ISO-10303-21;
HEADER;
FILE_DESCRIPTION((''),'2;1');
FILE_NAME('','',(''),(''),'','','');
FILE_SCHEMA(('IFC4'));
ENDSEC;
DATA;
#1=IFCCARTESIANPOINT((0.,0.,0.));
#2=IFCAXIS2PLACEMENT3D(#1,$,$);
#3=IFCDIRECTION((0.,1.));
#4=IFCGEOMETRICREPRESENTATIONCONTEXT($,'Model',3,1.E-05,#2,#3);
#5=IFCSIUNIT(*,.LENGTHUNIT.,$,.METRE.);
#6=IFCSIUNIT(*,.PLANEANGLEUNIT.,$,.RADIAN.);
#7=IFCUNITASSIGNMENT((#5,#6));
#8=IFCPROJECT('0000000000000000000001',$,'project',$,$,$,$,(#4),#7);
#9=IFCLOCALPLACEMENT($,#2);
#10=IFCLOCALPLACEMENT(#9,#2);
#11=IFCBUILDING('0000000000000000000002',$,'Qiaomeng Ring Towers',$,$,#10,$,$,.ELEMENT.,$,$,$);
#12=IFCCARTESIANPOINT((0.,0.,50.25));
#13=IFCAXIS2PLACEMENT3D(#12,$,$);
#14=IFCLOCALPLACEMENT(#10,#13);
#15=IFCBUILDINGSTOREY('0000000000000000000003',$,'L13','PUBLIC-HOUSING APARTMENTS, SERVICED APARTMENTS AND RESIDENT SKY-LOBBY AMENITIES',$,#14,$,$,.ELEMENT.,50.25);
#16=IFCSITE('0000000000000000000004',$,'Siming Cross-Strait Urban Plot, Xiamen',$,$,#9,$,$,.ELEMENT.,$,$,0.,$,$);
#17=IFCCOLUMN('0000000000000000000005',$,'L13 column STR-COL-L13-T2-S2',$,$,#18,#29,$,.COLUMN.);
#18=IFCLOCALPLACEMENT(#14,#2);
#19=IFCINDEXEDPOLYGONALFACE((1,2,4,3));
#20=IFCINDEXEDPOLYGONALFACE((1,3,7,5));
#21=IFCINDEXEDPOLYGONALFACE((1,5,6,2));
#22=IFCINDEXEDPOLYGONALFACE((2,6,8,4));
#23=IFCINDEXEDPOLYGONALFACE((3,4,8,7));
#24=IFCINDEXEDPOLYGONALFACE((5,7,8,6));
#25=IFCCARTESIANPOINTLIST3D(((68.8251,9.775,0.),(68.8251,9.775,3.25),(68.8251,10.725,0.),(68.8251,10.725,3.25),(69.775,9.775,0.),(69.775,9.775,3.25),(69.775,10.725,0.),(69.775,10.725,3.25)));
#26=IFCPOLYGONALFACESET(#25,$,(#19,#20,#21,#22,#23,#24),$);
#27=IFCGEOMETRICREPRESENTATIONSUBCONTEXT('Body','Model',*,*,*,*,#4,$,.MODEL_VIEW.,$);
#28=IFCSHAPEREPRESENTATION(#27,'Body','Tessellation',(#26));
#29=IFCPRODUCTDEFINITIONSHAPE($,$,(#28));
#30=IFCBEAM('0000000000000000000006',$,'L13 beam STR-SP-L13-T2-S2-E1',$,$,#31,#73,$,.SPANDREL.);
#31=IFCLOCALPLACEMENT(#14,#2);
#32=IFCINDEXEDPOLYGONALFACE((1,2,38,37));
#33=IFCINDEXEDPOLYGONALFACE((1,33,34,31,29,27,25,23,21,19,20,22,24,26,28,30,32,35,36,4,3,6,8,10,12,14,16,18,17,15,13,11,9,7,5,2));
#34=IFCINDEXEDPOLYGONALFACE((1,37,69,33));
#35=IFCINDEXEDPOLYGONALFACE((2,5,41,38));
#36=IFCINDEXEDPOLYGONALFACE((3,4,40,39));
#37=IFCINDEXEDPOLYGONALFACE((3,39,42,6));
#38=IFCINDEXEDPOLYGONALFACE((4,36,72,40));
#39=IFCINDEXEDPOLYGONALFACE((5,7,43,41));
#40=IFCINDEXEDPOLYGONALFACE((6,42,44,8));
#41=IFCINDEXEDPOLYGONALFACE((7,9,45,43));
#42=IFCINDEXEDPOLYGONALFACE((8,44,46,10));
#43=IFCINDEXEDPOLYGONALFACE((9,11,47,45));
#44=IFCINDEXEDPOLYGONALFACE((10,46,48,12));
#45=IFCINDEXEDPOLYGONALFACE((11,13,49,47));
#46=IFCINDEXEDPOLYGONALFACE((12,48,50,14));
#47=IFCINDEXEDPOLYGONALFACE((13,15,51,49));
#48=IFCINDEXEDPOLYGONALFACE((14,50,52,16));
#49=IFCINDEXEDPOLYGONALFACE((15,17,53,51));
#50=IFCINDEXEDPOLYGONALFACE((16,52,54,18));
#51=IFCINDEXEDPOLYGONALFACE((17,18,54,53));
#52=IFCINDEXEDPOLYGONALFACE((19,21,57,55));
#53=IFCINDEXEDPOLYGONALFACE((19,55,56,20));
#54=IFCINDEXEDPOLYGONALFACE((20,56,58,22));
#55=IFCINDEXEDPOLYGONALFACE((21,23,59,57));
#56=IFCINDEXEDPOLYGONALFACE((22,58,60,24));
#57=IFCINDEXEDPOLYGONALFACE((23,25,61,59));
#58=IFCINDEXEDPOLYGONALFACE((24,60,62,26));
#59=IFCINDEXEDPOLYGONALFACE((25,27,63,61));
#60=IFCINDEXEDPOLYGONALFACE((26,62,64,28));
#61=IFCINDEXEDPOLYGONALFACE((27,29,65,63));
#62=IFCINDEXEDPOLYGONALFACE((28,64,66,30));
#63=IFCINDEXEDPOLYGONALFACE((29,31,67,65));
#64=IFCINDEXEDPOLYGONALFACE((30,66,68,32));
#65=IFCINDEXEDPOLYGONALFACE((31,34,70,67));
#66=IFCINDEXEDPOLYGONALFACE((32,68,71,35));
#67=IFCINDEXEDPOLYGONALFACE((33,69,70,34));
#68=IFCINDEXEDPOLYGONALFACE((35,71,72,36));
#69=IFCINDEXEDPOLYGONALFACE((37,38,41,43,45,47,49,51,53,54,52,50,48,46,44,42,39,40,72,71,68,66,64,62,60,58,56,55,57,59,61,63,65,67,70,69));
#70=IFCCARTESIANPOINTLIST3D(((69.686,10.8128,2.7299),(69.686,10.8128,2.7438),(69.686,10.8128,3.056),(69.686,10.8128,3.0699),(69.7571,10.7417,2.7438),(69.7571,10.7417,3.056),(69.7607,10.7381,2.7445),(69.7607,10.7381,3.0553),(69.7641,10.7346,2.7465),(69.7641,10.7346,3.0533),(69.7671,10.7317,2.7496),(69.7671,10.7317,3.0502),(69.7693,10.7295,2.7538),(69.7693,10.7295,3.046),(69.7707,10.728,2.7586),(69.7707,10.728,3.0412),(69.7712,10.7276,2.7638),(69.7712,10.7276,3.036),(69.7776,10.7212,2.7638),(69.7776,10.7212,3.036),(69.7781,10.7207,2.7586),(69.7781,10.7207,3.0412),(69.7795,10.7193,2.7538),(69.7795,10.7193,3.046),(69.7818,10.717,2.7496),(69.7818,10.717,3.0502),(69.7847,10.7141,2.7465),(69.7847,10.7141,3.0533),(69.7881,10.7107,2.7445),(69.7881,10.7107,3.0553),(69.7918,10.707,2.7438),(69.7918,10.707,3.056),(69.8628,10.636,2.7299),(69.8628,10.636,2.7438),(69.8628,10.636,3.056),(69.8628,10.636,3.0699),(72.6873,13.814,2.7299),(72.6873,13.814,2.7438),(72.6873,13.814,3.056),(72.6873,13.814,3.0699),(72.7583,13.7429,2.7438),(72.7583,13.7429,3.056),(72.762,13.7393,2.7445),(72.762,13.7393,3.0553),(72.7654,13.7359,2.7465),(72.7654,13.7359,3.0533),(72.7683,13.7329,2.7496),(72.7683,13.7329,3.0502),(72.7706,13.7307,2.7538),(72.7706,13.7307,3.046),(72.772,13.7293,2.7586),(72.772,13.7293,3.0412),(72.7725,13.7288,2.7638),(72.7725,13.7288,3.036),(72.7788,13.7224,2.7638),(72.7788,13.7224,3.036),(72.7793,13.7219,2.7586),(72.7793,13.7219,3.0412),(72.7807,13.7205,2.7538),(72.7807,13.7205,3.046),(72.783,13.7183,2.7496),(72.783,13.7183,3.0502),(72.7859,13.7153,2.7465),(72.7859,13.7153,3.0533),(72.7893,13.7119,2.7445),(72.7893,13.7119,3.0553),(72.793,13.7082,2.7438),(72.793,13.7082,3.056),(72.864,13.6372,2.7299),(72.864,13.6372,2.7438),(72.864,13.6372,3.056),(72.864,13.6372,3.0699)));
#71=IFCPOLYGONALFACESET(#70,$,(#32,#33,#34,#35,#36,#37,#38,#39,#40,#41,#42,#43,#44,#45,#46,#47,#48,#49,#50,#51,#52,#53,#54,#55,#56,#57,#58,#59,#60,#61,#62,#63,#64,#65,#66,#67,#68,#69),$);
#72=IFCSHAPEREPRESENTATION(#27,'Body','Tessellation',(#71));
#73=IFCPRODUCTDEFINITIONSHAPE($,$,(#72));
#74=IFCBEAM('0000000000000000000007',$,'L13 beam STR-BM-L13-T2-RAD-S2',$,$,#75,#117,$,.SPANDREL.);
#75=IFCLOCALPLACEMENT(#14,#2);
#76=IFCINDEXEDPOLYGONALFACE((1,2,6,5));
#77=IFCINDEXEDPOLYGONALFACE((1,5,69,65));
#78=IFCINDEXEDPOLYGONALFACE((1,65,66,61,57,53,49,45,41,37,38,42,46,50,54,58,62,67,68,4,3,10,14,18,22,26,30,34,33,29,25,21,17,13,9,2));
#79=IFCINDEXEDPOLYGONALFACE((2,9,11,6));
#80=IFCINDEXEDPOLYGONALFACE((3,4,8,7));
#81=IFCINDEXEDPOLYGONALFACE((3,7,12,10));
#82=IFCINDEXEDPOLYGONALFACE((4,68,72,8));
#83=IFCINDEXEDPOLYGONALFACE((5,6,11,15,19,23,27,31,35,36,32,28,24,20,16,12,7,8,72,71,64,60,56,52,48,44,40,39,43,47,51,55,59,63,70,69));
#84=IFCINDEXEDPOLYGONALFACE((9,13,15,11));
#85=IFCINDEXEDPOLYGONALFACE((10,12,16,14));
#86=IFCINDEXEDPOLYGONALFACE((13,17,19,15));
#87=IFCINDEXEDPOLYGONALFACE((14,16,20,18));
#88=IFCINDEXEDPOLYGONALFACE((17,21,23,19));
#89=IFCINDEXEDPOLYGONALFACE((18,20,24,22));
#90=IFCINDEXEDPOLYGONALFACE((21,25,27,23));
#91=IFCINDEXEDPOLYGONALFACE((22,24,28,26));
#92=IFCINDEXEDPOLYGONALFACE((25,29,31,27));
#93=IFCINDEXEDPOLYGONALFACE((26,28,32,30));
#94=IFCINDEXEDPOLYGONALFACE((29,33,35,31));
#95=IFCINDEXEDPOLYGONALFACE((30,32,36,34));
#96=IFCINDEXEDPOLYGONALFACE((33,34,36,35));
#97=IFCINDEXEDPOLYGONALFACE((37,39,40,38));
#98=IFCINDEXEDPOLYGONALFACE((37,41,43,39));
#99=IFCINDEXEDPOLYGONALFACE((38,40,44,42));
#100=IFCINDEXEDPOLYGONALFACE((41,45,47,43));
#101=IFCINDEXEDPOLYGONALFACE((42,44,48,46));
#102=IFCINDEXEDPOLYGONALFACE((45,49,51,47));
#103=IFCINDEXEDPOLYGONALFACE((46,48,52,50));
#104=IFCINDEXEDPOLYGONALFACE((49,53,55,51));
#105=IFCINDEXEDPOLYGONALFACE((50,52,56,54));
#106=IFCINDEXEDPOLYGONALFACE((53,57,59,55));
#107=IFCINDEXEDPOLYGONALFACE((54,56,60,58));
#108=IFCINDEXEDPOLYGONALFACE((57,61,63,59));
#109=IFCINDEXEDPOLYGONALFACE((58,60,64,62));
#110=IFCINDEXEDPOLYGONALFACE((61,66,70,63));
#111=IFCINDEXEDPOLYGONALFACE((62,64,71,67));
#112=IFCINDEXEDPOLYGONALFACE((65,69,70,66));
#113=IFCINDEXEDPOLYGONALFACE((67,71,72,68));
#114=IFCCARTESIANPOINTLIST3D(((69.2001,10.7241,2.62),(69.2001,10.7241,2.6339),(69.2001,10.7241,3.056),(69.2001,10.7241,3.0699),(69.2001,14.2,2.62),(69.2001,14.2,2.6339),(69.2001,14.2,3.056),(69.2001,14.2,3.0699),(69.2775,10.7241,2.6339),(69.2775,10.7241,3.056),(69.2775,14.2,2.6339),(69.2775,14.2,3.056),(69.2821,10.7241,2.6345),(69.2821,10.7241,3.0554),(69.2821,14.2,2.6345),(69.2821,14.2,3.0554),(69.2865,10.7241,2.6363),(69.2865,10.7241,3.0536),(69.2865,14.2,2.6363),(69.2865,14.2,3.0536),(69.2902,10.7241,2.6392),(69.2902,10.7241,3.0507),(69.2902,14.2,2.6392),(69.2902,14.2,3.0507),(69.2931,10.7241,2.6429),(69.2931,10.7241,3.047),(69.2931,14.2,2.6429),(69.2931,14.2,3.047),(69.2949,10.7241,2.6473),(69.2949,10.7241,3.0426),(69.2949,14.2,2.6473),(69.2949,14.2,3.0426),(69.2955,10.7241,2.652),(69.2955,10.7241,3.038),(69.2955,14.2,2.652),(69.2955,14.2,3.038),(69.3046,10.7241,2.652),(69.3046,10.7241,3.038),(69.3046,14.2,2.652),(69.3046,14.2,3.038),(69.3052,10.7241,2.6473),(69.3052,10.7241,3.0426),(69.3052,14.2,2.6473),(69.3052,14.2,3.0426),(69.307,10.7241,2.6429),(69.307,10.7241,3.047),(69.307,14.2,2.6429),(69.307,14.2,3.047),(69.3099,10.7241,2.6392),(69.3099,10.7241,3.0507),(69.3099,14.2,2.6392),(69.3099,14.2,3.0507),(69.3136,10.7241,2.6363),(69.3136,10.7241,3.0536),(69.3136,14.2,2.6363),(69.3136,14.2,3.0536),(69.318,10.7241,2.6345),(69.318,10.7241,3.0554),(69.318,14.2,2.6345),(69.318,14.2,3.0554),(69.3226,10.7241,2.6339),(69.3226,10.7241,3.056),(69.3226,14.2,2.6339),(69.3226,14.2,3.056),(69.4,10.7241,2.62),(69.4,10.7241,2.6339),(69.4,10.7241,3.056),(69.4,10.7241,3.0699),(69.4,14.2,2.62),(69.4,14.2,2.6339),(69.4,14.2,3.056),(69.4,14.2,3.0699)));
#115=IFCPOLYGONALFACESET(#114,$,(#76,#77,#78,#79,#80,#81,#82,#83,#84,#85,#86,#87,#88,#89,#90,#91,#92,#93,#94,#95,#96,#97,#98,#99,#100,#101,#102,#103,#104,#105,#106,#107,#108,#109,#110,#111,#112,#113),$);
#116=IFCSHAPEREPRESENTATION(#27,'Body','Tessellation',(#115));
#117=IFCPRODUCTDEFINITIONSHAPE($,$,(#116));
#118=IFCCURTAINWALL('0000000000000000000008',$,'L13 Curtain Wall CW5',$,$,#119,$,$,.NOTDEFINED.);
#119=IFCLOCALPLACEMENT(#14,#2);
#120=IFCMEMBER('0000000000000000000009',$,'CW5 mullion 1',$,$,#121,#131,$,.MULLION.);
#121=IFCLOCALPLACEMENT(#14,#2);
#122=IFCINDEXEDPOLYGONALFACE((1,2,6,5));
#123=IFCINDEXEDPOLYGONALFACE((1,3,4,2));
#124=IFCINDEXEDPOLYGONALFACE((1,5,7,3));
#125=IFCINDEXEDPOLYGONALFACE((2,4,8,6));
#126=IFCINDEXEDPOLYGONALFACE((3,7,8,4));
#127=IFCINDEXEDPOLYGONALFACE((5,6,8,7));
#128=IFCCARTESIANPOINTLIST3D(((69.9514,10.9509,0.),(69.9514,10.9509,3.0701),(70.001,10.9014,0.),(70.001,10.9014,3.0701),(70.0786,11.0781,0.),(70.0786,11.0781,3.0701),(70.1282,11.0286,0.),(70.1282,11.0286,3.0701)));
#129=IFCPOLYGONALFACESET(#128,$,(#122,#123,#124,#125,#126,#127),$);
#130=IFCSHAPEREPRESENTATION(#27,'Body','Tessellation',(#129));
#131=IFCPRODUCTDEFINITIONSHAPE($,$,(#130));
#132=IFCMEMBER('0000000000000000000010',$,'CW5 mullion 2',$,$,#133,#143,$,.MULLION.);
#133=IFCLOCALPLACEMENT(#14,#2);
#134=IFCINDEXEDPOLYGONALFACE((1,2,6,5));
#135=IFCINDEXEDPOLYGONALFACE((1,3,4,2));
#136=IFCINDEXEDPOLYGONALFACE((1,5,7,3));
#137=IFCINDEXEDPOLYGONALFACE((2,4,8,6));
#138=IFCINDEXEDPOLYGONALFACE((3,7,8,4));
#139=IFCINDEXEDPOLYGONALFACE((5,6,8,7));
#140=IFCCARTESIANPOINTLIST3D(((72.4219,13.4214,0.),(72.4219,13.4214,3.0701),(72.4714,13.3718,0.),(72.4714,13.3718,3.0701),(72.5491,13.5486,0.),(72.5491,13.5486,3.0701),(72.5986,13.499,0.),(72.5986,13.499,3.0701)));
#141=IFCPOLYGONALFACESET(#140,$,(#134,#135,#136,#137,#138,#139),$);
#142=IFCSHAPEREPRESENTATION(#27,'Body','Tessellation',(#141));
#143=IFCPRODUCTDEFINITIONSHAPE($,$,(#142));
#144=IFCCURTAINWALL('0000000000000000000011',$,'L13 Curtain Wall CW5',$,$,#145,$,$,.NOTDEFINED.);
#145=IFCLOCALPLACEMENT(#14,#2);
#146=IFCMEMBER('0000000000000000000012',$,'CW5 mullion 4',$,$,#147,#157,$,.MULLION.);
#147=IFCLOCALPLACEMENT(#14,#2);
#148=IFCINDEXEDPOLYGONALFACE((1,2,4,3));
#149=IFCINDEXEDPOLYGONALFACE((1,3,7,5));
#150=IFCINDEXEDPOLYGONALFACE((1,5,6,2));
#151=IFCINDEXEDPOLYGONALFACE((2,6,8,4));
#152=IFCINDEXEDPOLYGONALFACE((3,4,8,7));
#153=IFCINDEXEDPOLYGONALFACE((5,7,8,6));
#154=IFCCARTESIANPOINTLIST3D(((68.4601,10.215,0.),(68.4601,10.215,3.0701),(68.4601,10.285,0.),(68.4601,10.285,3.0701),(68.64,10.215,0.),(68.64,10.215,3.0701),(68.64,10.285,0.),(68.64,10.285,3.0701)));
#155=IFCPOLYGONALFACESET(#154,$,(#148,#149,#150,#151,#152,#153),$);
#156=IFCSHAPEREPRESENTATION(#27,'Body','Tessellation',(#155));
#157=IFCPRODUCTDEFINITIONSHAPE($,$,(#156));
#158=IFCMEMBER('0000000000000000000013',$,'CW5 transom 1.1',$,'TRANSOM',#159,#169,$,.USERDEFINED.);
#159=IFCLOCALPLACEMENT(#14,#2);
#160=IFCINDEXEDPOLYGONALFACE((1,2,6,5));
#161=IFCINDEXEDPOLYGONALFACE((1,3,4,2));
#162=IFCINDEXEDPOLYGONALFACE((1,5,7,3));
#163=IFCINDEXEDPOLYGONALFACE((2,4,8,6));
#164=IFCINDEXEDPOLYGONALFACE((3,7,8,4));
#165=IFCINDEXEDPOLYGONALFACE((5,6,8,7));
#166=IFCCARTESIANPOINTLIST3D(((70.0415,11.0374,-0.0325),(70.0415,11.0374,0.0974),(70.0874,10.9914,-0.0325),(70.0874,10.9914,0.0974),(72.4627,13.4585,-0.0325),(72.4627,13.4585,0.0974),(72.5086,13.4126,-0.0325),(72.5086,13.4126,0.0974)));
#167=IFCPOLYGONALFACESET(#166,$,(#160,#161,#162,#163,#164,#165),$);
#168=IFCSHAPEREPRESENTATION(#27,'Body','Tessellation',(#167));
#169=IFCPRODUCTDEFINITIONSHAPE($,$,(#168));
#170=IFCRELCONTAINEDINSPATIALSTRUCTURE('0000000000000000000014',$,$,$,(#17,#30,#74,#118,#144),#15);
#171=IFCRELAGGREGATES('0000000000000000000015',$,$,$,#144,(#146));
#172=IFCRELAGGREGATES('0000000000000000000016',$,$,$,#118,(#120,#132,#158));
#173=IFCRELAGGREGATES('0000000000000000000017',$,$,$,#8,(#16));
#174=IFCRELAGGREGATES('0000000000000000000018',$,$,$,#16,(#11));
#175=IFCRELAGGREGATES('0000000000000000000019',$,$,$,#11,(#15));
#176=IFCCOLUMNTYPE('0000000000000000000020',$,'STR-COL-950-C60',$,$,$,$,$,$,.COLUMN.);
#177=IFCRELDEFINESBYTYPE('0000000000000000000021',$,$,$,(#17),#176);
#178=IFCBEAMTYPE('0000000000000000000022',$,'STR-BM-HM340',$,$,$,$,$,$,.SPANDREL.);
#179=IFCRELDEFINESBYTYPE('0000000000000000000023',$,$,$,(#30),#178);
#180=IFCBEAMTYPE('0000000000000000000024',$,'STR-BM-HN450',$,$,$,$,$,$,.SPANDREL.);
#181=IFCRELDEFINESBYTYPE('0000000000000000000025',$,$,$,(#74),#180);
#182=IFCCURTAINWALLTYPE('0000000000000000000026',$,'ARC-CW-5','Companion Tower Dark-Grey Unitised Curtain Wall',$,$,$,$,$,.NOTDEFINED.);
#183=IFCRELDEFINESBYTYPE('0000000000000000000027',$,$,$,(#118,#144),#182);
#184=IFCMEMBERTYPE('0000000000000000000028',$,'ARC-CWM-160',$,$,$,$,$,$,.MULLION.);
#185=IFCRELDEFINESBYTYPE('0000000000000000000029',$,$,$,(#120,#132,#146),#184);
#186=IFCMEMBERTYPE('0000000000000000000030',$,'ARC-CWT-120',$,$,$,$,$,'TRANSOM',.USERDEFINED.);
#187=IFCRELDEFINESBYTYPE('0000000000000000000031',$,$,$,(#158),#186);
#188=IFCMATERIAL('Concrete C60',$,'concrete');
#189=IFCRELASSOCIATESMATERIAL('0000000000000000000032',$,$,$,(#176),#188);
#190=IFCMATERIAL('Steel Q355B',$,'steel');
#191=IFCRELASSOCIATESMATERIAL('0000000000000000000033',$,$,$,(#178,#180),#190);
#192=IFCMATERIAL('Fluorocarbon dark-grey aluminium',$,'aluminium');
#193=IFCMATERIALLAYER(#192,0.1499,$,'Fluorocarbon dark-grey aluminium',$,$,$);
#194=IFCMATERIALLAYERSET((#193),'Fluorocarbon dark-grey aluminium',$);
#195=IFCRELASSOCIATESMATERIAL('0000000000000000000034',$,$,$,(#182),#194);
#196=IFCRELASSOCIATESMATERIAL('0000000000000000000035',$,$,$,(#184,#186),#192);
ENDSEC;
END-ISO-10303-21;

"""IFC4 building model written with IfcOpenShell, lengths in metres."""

from ifc_helpers import new_model, si_unit, direction, frame, origin, origin_2d, place, context, subcontext, project, spatial, rectangle, i_section, extrude, source, transform, mapped, material, layer, layer_set, material_profile, profile_set, type_object, element, aggregate, save


model = new_model("IFC4")

# Units and contexts
model_context = context("Model", 3, precision=1e-05, world=origin(), true_north=direction((0.0, 1.0)))
body_context = subcontext(model_context, "Body", "Model", "MODEL_VIEW")
ifc_project = project(units=[si_unit("LENGTHUNIT", "METRE"), si_unit("PLANEANGLEUNIT", "RADIAN")], contexts=[model_context])

# Site, building, storey
site_placement = place(None, origin())
site = spatial("IfcSite", under=ifc_project, at=site_placement, Name="Siming Cross-Strait Urban Plot, Xiamen", CompositionType="ELEMENT", RefElevation=0.0)
building_placement = place(site_placement, origin())
building = spatial("IfcBuilding", under=site, at=building_placement, Name="Qiaomeng Ring Towers", CompositionType="ELEMENT")
storey_placement = place(building_placement, frame((0.0, 0.0, 50.25)))
storey = spatial("IfcBuildingStorey", under=building, at=storey_placement, Name="L13", Description="PUBLIC-HOUSING APARTMENTS, SERVICED APARTMENTS AND RESIDENT SKY-LOBBY AMENITIES", CompositionType="ELEMENT", Elevation=50.25)

# Column
ifc_material_1 = material(Name="Concrete C60", Category="concrete")
ifc_material_profile_1 = material_profile(ifc_material_1, rectangle(XDim=0.95, YDim=0.95, at=origin_2d()), Name="RC COL 950x950")
ifc_profile_set_1 = profile_set([ifc_material_profile_1], Name="Concrete C60")
column_type = type_object("IfcColumnType", Name="STR-COL-950-C60", PredefinedType="COLUMN", material=ifc_profile_set_1)
shared_shape_1 = source(origin(), body_context, "Body", "SweptSolid", [
    extrude(rectangle(XDim=0.95, YDim=0.95, at=origin_2d()), origin(), (0.0, 0.0, 1.0), 3.25),
])
column_placement = place(storey_placement, frame((69.3, 10.25, 0.0), z_axis=(0.0, 0.0, 1.0), x_axis=(1.0, 0.0, 0.0)))
element("IfcColumn", 1, at=column_placement, inside=storey, type_object=column_type, Name="L13 column STR-COL-L13-T2-S2", PredefinedType="COLUMN", context=body_context, shape_type="MappedRepresentation", body=[
    mapped(shared_shape_1, transform((0.0, 0.0, 0.0), x_axis=(1.0, 0.0, 0.0), y_axis=(0.0, 1.0, 0.0), z_axis=(0.0, 0.0, 1.0), scale=1.0)),
])

# Beams
ifc_material_2 = material(Name="Steel Q355B", Category="steel")
ifc_material_profile_2 = material_profile(ifc_material_2, i_section(OverallWidth=0.25, OverallDepth=0.3401, WebThickness=0.009, FlangeThickness=0.0139, FilletRadius=0.02, at=origin_2d()), Name="HM 340x250x9x14")
ifc_profile_set_2 = profile_set([ifc_material_profile_2], Name="Steel Q355B")
beam_type_1 = type_object("IfcBeamType", Name="STR-BM-HM340", PredefinedType="SPANDREL", material=ifc_profile_set_2)
shared_shape_2 = source(origin(), body_context, "Body", "SweptSolid", [
    extrude(i_section(OverallWidth=0.25, OverallDepth=0.3401, WebThickness=0.009, FlangeThickness=0.0139, FilletRadius=0.02, at=origin_2d()), origin(), (0.0, 0.0, 1.0), 4.2444),
])
beam_1_placement = place(storey_placement, frame((69.7744, 10.7244, 2.8999), z_axis=(0.707107, 0.707107, 0.0), x_axis=(-0.707107, 0.707107, 0.0)))
element("IfcBeam", 2, at=beam_1_placement, inside=storey, type_object=beam_type_1, Name="L13 beam STR-SP-L13-T2-S2-E1", PredefinedType="SPANDREL", context=body_context, shape_type="MappedRepresentation", body=[
    mapped(shared_shape_2, transform((0.0, 0.0, 0.0), x_axis=(1.0, 0.0, 0.0), y_axis=(0.0, 1.0, 0.0), z_axis=(0.0, 0.0, 1.0), scale=1.0)),
])
ifc_material_profile_3 = material_profile(ifc_material_2, i_section(OverallWidth=0.2, OverallDepth=0.45, WebThickness=0.009, FlangeThickness=0.0139, FilletRadius=0.0181, at=origin_2d()), Name="HN 450x200x9x14")
ifc_profile_set_3 = profile_set([ifc_material_profile_3], Name="Steel Q355B")
beam_type_2 = type_object("IfcBeamType", Name="STR-BM-HN450", PredefinedType="SPANDREL", material=ifc_profile_set_3)
shared_shape_3 = source(origin(), body_context, "Body", "SweptSolid", [
    extrude(i_section(OverallWidth=0.2, OverallDepth=0.45, WebThickness=0.009, FlangeThickness=0.0139, FilletRadius=0.0181, at=origin_2d()), origin(), (0.0, 0.0, 1.0), 3.4758),
])
beam_2_placement = place(storey_placement, frame((69.3, 10.7241, 2.845), z_axis=(0.0, 1.0, 0.0), x_axis=(-1.0, 0.0, 0.0)))
element("IfcBeam", 3, at=beam_2_placement, inside=storey, type_object=beam_type_2, Name="L13 beam STR-BM-L13-T2-RAD-S2", PredefinedType="SPANDREL", context=body_context, shape_type="MappedRepresentation", body=[
    mapped(shared_shape_3, transform((0.0, 0.0, 0.0), x_axis=(1.0, 0.0, 0.0), y_axis=(0.0, 1.0, 0.0), z_axis=(0.0, 0.0, 1.0), scale=1.0)),
])

# Curtain wall, members
ifc_material_3 = material(Name="Fluorocarbon dark-grey aluminium", Category="aluminium")
ifc_layer_1 = layer(ifc_material_3, 0.1499, Name="Fluorocarbon dark-grey aluminium")
ifc_layer_set_1 = layer_set([ifc_layer_1], Name="Fluorocarbon dark-grey aluminium")
curtain_wall_type = type_object("IfcCurtainWallType", Name="ARC-CW-5", Description="Companion Tower Dark-Grey Unitised Curtain Wall", PredefinedType="NOTDEFINED", material=ifc_layer_set_1)
curtain_wall_1_placement = place(storey_placement, origin())
curtain_wall_1 = element("IfcCurtainWall", 4, at=curtain_wall_1_placement, inside=storey, type_object=curtain_wall_type, Name="L13 Curtain Wall CW5", PredefinedType="NOTDEFINED")
ifc_material_profile_4 = material_profile(ifc_material_3, rectangle(XDim=0.0701, YDim=0.1799, at=origin_2d()), Name="ALU MULL 70x180")
ifc_profile_set_4 = profile_set([ifc_material_profile_4], Name="Fluorocarbon dark-grey aluminium")
member_type_1 = type_object("IfcMemberType", Name="ARC-CWM-160", PredefinedType="MULLION", material=ifc_profile_set_4)
shared_shape_4 = source(origin(), body_context, "Body", "SweptSolid", [
    extrude(rectangle(XDim=0.0701, YDim=0.1799, at=origin_2d()), origin(), (0.0, 0.0, 1.0), 3.0701),
])
member_1_placement = place(storey_placement, frame((70.0398, 10.9897, 0.0), z_axis=(0.0, 0.0, 1.0), x_axis=(-0.707107, 0.707107, 0.0)))
member_1 = element("IfcMember", 5, at=member_1_placement, type_object=member_type_1, Name="CW5 mullion 1", PredefinedType="MULLION", context=body_context, shape_type="MappedRepresentation", body=[
    mapped(shared_shape_4, transform((0.0, 0.0, 0.0), x_axis=(1.0, 0.0, 0.0), y_axis=(0.0, 1.0, 0.0), z_axis=(0.0, 0.0, 1.0), scale=1.0)),
])
member_2_placement = place(storey_placement, frame((72.5103, 13.4602, 0.0), z_axis=(0.0, 0.0, 1.0), x_axis=(-0.707107, 0.707107, 0.0)))
member_2 = element("IfcMember", 6, at=member_2_placement, type_object=member_type_1, Name="CW5 mullion 2", PredefinedType="MULLION", context=body_context, shape_type="MappedRepresentation", body=[
    mapped(shared_shape_4, transform((0.0, 0.0, 0.0), x_axis=(1.0, 0.0, 0.0), y_axis=(0.0, 1.0, 0.0), z_axis=(0.0, 0.0, 1.0), scale=1.0)),
])

# Curtain wall, member
curtain_wall_2_placement = place(storey_placement, origin())
curtain_wall_2 = element("IfcCurtainWall", 7, at=curtain_wall_2_placement, inside=storey, type_object=curtain_wall_type, Name="L13 Curtain Wall CW5", PredefinedType="NOTDEFINED")
member_3_placement = place(storey_placement, frame((68.55, 10.25, 0.0), z_axis=(0.0, 0.0, 1.0), x_axis=(0.0, 1.0, 0.0)))
member_3 = element("IfcMember", 8, at=member_3_placement, type_object=member_type_1, Name="CW5 mullion 4", PredefinedType="MULLION", context=body_context, shape_type="MappedRepresentation", body=[
    mapped(shared_shape_4, transform((0.0, 0.0, 0.0), x_axis=(1.0, 0.0, 0.0), y_axis=(0.0, 1.0, 0.0), z_axis=(0.0, 0.0, 1.0), scale=1.0)),
])
aggregate(curtain_wall_2, [member_3])

# Member
ifc_material_profile_5 = material_profile(ifc_material_3, rectangle(XDim=0.0649, YDim=0.1299, at=origin_2d()), Name="ALU TRAN 65x130")
ifc_profile_set_5 = profile_set([ifc_material_profile_5], Name="Fluorocarbon dark-grey aluminium")
member_type_2 = type_object("IfcMemberType", Name="ARC-CWT-120", ElementType="TRANSOM", PredefinedType="USERDEFINED", material=ifc_profile_set_5)
shared_shape_5 = source(origin(), body_context, "Body", "SweptSolid", [
    extrude(rectangle(XDim=0.0649, YDim=0.1299, at=origin_2d()), origin(), (0.0, 0.0, 1.0), 3.4241),
])
member_4_placement = place(storey_placement, frame((70.0645, 11.0144, 0.0325), z_axis=(0.707107, 0.707107, 0.0), x_axis=(-0.707107, 0.707107, 0.0)))
member_4 = element("IfcMember", 9, at=member_4_placement, type_object=member_type_2, Name="CW5 transom 1.1", ObjectType="TRANSOM", PredefinedType="USERDEFINED", context=body_context, shape_type="MappedRepresentation", body=[
    mapped(shared_shape_5, transform((0.0, 0.0, 0.0), x_axis=(1.0, 0.0, 0.0), y_axis=(0.0, 1.0, 0.0), z_axis=(0.0, 0.0, 1.0), scale=1.0)),
])

aggregate(curtain_wall_1, [member_1, member_2, member_4])

save(model, "model.ifc")
